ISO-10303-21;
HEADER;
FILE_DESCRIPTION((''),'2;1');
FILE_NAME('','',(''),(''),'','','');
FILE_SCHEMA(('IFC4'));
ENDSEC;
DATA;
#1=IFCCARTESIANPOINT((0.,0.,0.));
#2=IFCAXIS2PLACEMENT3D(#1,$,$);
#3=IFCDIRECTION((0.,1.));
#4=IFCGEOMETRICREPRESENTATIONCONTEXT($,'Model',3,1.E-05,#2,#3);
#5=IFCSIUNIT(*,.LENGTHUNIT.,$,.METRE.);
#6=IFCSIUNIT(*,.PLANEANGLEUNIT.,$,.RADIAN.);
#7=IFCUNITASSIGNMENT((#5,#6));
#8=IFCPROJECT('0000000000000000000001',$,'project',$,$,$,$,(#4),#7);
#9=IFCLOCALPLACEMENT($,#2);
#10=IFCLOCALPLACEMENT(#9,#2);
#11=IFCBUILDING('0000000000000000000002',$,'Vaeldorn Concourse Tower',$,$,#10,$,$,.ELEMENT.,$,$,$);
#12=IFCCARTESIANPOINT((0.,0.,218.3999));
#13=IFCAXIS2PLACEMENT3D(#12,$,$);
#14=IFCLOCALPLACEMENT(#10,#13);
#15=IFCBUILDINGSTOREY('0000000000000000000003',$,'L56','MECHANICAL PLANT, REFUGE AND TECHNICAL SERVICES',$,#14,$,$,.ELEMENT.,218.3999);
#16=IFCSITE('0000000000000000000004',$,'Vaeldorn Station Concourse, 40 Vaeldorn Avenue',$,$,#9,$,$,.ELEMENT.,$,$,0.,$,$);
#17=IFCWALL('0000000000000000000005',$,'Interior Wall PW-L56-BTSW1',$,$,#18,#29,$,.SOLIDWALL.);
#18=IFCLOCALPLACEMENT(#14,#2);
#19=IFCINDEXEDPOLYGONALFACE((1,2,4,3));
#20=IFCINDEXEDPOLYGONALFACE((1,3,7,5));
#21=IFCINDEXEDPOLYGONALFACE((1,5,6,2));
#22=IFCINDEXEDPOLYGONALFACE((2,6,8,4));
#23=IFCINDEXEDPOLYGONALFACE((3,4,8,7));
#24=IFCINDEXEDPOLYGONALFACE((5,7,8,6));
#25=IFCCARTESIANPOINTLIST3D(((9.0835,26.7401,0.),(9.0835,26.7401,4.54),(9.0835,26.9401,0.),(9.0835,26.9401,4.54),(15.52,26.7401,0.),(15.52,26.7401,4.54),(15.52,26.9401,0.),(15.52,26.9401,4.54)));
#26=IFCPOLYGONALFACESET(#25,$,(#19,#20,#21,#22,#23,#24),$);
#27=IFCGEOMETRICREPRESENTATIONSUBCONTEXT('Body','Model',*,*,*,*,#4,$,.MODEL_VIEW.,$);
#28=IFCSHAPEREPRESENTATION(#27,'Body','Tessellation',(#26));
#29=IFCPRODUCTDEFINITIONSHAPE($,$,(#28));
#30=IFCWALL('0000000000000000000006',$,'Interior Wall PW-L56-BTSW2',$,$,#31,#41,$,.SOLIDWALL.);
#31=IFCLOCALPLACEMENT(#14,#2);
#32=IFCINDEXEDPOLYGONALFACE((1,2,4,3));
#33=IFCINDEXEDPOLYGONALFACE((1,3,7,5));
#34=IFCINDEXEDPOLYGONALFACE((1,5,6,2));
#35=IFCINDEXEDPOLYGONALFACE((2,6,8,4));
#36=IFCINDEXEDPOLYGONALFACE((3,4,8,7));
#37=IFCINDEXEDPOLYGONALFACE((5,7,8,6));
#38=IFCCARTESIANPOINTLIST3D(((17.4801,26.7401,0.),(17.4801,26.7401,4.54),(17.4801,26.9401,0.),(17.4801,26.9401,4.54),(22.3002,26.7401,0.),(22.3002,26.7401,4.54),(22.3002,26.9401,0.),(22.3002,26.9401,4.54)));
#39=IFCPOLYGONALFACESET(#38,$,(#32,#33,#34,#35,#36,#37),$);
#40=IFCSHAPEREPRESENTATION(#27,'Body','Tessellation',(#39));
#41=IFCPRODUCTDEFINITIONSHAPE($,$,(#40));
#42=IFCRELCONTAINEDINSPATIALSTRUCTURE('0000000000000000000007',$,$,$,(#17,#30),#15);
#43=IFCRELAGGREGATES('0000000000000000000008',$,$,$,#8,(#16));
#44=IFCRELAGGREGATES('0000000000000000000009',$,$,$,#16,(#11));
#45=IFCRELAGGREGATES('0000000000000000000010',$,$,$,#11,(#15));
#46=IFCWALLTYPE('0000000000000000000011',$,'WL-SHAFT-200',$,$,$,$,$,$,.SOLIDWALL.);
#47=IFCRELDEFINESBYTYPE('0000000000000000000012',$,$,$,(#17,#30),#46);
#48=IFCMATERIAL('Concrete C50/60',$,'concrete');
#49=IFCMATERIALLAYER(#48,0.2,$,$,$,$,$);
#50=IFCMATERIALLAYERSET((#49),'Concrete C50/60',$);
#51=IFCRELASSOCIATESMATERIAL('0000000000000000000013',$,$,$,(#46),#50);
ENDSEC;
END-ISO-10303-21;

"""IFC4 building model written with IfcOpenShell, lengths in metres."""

from ifc_helpers import new_model, si_unit, direction, frame, frame_2d, origin, place, context, subcontext, project, spatial, rectangle, extrude, material, layer, layer_set, type_object, element, save


model = new_model("IFC4")

# Units and contexts
model_context = context("Model", 3, precision=1e-05, world=origin(), true_north=direction((0.0, 1.0)))
body_context = subcontext(model_context, "Body", "Model", "MODEL_VIEW")
ifc_project = project(units=[si_unit("LENGTHUNIT", "METRE"), si_unit("PLANEANGLEUNIT", "RADIAN")], contexts=[model_context])

# Site, building, storey
site_placement = place(None, origin())
site = spatial("IfcSite", under=ifc_project, at=site_placement, Name="Vaeldorn Station Concourse, 40 Vaeldorn Avenue", CompositionType="ELEMENT", RefElevation=0.0)
building_placement = place(site_placement, origin())
building = spatial("IfcBuilding", under=site, at=building_placement, Name="Vaeldorn Concourse Tower", CompositionType="ELEMENT")
storey_placement = place(building_placement, frame((0.0, 0.0, 218.3999)))
storey = spatial("IfcBuildingStorey", under=building, at=storey_placement, Name="L56", Description="MECHANICAL PLANT, REFUGE AND TECHNICAL SERVICES", CompositionType="ELEMENT", Elevation=218.3999)

# Shared definitions
ifc_material_1 = material(Name="Concrete C50/60", Category="concrete")
ifc_layer_1 = layer(ifc_material_1, 0.2)
ifc_layer_set_1 = layer_set([ifc_layer_1], Name="Concrete C50/60")
wall_type = type_object("IfcWallType", Name="WL-SHAFT-200", PredefinedType="SOLIDWALL", material=ifc_layer_set_1)

# Walls
wall_1_placement = place(storey_placement, frame((9.0835, 26.8401, 0.0), z_axis=(0.0, 0.0, 1.0), x_axis=(1.0, 0.0, 0.0)))
element("IfcWall", 1, at=wall_1_placement, inside=storey, type_object=wall_type, Name="Interior Wall PW-L56-BTSW1", PredefinedType="SOLIDWALL", context=body_context, shape_type="SweptSolid", body=[
    extrude(rectangle(XDim=6.4365, YDim=0.2, at=frame_2d((3.2183, 0.0))), origin(), (0.0, 0.0, 1.0), 4.54),
])
wall_2_placement = place(storey_placement, frame((17.48, 26.8401, 0.0), z_axis=(0.0, 0.0, 1.0), x_axis=(1.0, 0.0, 0.0)))
element("IfcWall", 2, at=wall_2_placement, inside=storey, type_object=wall_type, Name="Interior Wall PW-L56-BTSW2", PredefinedType="SOLIDWALL", context=body_context, shape_type="SweptSolid", body=[
    extrude(rectangle(XDim=4.8201, YDim=0.2, at=frame_2d((2.4102, 0.0))), origin(), (0.0, 0.0, 1.0), 4.54),
])

save(model, "model.ifc")
